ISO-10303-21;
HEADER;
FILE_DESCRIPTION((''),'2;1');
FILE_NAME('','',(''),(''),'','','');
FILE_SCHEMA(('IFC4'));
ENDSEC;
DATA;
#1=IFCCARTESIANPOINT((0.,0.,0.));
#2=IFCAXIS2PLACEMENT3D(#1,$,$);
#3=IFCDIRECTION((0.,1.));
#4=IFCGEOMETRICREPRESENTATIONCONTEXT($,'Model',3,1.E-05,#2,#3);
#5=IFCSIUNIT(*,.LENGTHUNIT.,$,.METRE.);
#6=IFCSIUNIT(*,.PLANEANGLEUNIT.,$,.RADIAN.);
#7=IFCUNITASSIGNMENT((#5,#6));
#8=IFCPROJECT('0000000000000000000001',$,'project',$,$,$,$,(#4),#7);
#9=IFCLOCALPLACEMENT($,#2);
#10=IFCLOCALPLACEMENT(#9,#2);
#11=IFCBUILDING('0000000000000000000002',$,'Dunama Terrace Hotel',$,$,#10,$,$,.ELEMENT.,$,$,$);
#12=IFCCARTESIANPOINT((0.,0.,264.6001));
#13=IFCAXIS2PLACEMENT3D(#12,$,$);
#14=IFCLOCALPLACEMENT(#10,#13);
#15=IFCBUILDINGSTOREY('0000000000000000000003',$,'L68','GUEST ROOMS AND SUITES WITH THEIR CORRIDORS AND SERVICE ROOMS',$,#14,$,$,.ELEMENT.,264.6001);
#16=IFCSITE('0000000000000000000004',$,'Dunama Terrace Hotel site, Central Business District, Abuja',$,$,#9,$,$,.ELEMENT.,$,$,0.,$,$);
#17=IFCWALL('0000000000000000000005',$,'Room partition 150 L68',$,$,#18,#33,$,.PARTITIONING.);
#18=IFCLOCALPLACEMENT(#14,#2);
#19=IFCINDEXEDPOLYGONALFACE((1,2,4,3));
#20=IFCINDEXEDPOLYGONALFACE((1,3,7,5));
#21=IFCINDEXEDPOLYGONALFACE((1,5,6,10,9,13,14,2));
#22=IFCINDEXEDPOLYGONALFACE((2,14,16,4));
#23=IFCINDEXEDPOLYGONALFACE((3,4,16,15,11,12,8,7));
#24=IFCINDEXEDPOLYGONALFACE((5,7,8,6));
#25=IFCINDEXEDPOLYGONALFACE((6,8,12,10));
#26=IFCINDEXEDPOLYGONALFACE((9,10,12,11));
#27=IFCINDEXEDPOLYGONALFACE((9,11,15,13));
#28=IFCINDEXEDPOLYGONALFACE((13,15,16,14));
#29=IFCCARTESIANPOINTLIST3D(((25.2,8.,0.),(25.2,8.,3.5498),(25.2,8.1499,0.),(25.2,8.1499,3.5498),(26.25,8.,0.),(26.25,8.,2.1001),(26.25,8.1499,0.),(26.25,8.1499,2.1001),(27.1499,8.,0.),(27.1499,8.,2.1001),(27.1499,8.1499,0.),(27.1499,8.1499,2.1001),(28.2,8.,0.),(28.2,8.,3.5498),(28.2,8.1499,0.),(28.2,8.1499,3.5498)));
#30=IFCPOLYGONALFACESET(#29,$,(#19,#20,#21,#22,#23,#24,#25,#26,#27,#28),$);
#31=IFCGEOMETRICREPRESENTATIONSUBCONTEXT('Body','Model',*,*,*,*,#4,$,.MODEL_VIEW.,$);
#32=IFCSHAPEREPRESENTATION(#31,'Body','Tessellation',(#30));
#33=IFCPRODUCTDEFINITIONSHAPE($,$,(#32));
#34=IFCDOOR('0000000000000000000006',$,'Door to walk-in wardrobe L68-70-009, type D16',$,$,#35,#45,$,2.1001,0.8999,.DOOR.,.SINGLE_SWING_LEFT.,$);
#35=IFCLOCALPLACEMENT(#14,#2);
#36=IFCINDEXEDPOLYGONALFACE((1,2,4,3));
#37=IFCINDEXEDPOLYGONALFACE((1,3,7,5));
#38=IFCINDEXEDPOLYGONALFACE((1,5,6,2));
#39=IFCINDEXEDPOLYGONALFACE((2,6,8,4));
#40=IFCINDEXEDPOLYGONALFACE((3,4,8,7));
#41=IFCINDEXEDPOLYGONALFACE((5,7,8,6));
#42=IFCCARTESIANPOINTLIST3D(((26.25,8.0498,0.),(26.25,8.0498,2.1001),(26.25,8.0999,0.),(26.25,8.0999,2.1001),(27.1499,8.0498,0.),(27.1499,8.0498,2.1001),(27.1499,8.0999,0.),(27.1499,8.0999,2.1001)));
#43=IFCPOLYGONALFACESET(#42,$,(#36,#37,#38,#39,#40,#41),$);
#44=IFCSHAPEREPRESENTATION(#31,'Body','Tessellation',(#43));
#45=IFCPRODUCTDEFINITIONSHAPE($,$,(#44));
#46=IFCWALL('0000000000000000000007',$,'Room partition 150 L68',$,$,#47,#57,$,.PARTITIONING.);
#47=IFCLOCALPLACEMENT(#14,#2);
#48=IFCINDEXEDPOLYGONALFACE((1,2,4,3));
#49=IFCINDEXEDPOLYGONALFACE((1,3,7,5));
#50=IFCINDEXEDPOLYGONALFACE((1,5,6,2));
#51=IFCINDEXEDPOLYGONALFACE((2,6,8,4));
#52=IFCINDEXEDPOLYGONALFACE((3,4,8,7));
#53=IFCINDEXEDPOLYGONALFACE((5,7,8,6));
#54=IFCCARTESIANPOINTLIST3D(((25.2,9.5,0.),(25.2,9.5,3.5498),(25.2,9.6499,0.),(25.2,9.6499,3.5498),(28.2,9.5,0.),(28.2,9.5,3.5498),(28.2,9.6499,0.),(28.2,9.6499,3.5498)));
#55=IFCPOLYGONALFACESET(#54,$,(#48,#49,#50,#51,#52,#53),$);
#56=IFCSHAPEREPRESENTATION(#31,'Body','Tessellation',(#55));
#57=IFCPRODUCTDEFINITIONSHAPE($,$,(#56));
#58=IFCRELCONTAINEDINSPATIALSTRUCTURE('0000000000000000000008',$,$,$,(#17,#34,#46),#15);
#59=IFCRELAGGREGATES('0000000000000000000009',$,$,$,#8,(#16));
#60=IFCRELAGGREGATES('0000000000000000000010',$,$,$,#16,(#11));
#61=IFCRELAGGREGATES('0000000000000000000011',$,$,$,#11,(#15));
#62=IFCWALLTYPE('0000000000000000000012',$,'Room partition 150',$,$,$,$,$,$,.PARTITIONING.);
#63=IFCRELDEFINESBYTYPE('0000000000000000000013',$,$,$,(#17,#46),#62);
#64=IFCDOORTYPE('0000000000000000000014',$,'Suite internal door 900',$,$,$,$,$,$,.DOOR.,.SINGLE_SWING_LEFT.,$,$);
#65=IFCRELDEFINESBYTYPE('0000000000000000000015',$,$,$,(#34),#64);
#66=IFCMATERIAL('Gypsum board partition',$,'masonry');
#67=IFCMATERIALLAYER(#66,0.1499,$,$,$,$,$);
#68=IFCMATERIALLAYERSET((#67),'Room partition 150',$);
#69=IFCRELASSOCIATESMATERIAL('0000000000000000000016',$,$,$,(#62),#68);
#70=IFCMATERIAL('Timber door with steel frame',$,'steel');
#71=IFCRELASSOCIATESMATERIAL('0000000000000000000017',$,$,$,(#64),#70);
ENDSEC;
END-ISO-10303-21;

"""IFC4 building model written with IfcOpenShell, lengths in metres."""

from ifc_helpers import new_model, si_unit, direction, frame, frame_2d, origin, place, context, subcontext, project, spatial, rectangle, extrude, material, layer, layer_set, type_object, element, fill, save


model = new_model("IFC4")

# Units and contexts
model_context = context("Model", 3, precision=1e-05, world=origin(), true_north=direction((0.0, 1.0)))
body_context = subcontext(model_context, "Body", "Model", "MODEL_VIEW")
ifc_project = project(units=[si_unit("LENGTHUNIT", "METRE"), si_unit("PLANEANGLEUNIT", "RADIAN")], contexts=[model_context])

# Site, building, storey
site_placement = place(None, origin())
site = spatial("IfcSite", under=ifc_project, at=site_placement, Name="Dunama Terrace Hotel site, Central Business District, Abuja", CompositionType="ELEMENT", RefElevation=0.0)
building_placement = place(site_placement, origin())
building = spatial("IfcBuilding", under=site, at=building_placement, Name="Dunama Terrace Hotel", CompositionType="ELEMENT")
storey_placement = place(building_placement, frame((0.0, 0.0, 264.6001)))
storey = spatial("IfcBuildingStorey", under=building, at=storey_placement, Name="L68", Description="GUEST ROOMS AND SUITES WITH THEIR CORRIDORS AND SERVICE ROOMS", CompositionType="ELEMENT", Elevation=264.6001)

# Shared definitions
ifc_material_1 = material(Name="Gypsum board partition", Category="masonry")
ifc_layer_1 = layer(ifc_material_1, 0.1499)
ifc_layer_set_1 = layer_set([ifc_layer_1], Name="Room partition 150")
wall_type_1 = type_object("IfcWallType", Name="Room partition 150", PredefinedType="PARTITIONING", material=ifc_layer_set_1)
ifc_material_2 = material(Name="Timber door with steel frame", Category="steel")
door_type_1 = type_object("IfcDoorType", Name="Suite internal door 900", OperationType="SINGLE_SWING_LEFT", PredefinedType="DOOR", material=ifc_material_2)

# Wall, opening, door
wall_1_placement = place(storey_placement, frame((25.2, 8.075, 0.0), z_axis=(0.0, 0.0, 1.0), x_axis=(1.0, 0.0, 0.0)))
wall_1 = element("IfcWall", 1, at=wall_1_placement, inside=storey, type_object=wall_type_1, Name="Room partition 150 L68", PredefinedType="PARTITIONING", context=body_context, shape_type="SweptSolid", body=[
    extrude(rectangle(XDim=3.0, YDim=0.1499, at=frame_2d((1.5, 0.0))), origin(), (0.0, 0.0, 1.0), 3.5498),
])
opening_1_placement = place(wall_1_placement, frame((1.05, 0.0, 0.0)))
opening_1 = element("IfcOpeningElement", 2, at=opening_1_placement, cuts=wall_1, PredefinedType="OPENING", context=body_context, shape_type="SweptSolid", body=[
    extrude(rectangle(XDim=0.8999, YDim=2.1001, at=frame_2d((0.45, 1.05))), frame((0.0, 0.085, 0.0), z_axis=(0.0, -1.0, 0.0), x_axis=(1.0, 0.0, 0.0)), (0.0, 0.0, 1.0), 0.1699),
])
door_1_placement = place(opening_1_placement, origin())
door_1 = element("IfcDoor", 3, at=door_1_placement, inside=storey, type_object=door_type_1, Name="Door to walk-in wardrobe L68-70-009, type D16", OperationType="SINGLE_SWING_LEFT", OverallHeight=2.1001, OverallWidth=0.8999, PredefinedType="DOOR", context=body_context, shape_type="SweptSolid", body=[
    extrude(rectangle(XDim=0.8999, YDim=2.1001, at=frame_2d((0.45, 1.05))), frame((0.0, 0.0249, 0.0), z_axis=(0.0, -1.0, 0.0), x_axis=(1.0, 0.0, 0.0)), (0.0, 0.0, 1.0), 0.05),
])
fill(opening_1, door_1)

# Wall
wall_2_placement = place(storey_placement, frame((25.2, 9.575, 0.0), z_axis=(0.0, 0.0, 1.0), x_axis=(1.0, 0.0, 0.0)))
element("IfcWall", 4, at=wall_2_placement, inside=storey, type_object=wall_type_1, Name="Room partition 150 L68", PredefinedType="PARTITIONING", context=body_context, shape_type="SweptSolid", body=[
    extrude(rectangle(XDim=3.0, YDim=0.1499, at=frame_2d((1.5, 0.0))), origin(), (0.0, 0.0, 1.0), 3.5498),
])

save(model, "model.ifc")
